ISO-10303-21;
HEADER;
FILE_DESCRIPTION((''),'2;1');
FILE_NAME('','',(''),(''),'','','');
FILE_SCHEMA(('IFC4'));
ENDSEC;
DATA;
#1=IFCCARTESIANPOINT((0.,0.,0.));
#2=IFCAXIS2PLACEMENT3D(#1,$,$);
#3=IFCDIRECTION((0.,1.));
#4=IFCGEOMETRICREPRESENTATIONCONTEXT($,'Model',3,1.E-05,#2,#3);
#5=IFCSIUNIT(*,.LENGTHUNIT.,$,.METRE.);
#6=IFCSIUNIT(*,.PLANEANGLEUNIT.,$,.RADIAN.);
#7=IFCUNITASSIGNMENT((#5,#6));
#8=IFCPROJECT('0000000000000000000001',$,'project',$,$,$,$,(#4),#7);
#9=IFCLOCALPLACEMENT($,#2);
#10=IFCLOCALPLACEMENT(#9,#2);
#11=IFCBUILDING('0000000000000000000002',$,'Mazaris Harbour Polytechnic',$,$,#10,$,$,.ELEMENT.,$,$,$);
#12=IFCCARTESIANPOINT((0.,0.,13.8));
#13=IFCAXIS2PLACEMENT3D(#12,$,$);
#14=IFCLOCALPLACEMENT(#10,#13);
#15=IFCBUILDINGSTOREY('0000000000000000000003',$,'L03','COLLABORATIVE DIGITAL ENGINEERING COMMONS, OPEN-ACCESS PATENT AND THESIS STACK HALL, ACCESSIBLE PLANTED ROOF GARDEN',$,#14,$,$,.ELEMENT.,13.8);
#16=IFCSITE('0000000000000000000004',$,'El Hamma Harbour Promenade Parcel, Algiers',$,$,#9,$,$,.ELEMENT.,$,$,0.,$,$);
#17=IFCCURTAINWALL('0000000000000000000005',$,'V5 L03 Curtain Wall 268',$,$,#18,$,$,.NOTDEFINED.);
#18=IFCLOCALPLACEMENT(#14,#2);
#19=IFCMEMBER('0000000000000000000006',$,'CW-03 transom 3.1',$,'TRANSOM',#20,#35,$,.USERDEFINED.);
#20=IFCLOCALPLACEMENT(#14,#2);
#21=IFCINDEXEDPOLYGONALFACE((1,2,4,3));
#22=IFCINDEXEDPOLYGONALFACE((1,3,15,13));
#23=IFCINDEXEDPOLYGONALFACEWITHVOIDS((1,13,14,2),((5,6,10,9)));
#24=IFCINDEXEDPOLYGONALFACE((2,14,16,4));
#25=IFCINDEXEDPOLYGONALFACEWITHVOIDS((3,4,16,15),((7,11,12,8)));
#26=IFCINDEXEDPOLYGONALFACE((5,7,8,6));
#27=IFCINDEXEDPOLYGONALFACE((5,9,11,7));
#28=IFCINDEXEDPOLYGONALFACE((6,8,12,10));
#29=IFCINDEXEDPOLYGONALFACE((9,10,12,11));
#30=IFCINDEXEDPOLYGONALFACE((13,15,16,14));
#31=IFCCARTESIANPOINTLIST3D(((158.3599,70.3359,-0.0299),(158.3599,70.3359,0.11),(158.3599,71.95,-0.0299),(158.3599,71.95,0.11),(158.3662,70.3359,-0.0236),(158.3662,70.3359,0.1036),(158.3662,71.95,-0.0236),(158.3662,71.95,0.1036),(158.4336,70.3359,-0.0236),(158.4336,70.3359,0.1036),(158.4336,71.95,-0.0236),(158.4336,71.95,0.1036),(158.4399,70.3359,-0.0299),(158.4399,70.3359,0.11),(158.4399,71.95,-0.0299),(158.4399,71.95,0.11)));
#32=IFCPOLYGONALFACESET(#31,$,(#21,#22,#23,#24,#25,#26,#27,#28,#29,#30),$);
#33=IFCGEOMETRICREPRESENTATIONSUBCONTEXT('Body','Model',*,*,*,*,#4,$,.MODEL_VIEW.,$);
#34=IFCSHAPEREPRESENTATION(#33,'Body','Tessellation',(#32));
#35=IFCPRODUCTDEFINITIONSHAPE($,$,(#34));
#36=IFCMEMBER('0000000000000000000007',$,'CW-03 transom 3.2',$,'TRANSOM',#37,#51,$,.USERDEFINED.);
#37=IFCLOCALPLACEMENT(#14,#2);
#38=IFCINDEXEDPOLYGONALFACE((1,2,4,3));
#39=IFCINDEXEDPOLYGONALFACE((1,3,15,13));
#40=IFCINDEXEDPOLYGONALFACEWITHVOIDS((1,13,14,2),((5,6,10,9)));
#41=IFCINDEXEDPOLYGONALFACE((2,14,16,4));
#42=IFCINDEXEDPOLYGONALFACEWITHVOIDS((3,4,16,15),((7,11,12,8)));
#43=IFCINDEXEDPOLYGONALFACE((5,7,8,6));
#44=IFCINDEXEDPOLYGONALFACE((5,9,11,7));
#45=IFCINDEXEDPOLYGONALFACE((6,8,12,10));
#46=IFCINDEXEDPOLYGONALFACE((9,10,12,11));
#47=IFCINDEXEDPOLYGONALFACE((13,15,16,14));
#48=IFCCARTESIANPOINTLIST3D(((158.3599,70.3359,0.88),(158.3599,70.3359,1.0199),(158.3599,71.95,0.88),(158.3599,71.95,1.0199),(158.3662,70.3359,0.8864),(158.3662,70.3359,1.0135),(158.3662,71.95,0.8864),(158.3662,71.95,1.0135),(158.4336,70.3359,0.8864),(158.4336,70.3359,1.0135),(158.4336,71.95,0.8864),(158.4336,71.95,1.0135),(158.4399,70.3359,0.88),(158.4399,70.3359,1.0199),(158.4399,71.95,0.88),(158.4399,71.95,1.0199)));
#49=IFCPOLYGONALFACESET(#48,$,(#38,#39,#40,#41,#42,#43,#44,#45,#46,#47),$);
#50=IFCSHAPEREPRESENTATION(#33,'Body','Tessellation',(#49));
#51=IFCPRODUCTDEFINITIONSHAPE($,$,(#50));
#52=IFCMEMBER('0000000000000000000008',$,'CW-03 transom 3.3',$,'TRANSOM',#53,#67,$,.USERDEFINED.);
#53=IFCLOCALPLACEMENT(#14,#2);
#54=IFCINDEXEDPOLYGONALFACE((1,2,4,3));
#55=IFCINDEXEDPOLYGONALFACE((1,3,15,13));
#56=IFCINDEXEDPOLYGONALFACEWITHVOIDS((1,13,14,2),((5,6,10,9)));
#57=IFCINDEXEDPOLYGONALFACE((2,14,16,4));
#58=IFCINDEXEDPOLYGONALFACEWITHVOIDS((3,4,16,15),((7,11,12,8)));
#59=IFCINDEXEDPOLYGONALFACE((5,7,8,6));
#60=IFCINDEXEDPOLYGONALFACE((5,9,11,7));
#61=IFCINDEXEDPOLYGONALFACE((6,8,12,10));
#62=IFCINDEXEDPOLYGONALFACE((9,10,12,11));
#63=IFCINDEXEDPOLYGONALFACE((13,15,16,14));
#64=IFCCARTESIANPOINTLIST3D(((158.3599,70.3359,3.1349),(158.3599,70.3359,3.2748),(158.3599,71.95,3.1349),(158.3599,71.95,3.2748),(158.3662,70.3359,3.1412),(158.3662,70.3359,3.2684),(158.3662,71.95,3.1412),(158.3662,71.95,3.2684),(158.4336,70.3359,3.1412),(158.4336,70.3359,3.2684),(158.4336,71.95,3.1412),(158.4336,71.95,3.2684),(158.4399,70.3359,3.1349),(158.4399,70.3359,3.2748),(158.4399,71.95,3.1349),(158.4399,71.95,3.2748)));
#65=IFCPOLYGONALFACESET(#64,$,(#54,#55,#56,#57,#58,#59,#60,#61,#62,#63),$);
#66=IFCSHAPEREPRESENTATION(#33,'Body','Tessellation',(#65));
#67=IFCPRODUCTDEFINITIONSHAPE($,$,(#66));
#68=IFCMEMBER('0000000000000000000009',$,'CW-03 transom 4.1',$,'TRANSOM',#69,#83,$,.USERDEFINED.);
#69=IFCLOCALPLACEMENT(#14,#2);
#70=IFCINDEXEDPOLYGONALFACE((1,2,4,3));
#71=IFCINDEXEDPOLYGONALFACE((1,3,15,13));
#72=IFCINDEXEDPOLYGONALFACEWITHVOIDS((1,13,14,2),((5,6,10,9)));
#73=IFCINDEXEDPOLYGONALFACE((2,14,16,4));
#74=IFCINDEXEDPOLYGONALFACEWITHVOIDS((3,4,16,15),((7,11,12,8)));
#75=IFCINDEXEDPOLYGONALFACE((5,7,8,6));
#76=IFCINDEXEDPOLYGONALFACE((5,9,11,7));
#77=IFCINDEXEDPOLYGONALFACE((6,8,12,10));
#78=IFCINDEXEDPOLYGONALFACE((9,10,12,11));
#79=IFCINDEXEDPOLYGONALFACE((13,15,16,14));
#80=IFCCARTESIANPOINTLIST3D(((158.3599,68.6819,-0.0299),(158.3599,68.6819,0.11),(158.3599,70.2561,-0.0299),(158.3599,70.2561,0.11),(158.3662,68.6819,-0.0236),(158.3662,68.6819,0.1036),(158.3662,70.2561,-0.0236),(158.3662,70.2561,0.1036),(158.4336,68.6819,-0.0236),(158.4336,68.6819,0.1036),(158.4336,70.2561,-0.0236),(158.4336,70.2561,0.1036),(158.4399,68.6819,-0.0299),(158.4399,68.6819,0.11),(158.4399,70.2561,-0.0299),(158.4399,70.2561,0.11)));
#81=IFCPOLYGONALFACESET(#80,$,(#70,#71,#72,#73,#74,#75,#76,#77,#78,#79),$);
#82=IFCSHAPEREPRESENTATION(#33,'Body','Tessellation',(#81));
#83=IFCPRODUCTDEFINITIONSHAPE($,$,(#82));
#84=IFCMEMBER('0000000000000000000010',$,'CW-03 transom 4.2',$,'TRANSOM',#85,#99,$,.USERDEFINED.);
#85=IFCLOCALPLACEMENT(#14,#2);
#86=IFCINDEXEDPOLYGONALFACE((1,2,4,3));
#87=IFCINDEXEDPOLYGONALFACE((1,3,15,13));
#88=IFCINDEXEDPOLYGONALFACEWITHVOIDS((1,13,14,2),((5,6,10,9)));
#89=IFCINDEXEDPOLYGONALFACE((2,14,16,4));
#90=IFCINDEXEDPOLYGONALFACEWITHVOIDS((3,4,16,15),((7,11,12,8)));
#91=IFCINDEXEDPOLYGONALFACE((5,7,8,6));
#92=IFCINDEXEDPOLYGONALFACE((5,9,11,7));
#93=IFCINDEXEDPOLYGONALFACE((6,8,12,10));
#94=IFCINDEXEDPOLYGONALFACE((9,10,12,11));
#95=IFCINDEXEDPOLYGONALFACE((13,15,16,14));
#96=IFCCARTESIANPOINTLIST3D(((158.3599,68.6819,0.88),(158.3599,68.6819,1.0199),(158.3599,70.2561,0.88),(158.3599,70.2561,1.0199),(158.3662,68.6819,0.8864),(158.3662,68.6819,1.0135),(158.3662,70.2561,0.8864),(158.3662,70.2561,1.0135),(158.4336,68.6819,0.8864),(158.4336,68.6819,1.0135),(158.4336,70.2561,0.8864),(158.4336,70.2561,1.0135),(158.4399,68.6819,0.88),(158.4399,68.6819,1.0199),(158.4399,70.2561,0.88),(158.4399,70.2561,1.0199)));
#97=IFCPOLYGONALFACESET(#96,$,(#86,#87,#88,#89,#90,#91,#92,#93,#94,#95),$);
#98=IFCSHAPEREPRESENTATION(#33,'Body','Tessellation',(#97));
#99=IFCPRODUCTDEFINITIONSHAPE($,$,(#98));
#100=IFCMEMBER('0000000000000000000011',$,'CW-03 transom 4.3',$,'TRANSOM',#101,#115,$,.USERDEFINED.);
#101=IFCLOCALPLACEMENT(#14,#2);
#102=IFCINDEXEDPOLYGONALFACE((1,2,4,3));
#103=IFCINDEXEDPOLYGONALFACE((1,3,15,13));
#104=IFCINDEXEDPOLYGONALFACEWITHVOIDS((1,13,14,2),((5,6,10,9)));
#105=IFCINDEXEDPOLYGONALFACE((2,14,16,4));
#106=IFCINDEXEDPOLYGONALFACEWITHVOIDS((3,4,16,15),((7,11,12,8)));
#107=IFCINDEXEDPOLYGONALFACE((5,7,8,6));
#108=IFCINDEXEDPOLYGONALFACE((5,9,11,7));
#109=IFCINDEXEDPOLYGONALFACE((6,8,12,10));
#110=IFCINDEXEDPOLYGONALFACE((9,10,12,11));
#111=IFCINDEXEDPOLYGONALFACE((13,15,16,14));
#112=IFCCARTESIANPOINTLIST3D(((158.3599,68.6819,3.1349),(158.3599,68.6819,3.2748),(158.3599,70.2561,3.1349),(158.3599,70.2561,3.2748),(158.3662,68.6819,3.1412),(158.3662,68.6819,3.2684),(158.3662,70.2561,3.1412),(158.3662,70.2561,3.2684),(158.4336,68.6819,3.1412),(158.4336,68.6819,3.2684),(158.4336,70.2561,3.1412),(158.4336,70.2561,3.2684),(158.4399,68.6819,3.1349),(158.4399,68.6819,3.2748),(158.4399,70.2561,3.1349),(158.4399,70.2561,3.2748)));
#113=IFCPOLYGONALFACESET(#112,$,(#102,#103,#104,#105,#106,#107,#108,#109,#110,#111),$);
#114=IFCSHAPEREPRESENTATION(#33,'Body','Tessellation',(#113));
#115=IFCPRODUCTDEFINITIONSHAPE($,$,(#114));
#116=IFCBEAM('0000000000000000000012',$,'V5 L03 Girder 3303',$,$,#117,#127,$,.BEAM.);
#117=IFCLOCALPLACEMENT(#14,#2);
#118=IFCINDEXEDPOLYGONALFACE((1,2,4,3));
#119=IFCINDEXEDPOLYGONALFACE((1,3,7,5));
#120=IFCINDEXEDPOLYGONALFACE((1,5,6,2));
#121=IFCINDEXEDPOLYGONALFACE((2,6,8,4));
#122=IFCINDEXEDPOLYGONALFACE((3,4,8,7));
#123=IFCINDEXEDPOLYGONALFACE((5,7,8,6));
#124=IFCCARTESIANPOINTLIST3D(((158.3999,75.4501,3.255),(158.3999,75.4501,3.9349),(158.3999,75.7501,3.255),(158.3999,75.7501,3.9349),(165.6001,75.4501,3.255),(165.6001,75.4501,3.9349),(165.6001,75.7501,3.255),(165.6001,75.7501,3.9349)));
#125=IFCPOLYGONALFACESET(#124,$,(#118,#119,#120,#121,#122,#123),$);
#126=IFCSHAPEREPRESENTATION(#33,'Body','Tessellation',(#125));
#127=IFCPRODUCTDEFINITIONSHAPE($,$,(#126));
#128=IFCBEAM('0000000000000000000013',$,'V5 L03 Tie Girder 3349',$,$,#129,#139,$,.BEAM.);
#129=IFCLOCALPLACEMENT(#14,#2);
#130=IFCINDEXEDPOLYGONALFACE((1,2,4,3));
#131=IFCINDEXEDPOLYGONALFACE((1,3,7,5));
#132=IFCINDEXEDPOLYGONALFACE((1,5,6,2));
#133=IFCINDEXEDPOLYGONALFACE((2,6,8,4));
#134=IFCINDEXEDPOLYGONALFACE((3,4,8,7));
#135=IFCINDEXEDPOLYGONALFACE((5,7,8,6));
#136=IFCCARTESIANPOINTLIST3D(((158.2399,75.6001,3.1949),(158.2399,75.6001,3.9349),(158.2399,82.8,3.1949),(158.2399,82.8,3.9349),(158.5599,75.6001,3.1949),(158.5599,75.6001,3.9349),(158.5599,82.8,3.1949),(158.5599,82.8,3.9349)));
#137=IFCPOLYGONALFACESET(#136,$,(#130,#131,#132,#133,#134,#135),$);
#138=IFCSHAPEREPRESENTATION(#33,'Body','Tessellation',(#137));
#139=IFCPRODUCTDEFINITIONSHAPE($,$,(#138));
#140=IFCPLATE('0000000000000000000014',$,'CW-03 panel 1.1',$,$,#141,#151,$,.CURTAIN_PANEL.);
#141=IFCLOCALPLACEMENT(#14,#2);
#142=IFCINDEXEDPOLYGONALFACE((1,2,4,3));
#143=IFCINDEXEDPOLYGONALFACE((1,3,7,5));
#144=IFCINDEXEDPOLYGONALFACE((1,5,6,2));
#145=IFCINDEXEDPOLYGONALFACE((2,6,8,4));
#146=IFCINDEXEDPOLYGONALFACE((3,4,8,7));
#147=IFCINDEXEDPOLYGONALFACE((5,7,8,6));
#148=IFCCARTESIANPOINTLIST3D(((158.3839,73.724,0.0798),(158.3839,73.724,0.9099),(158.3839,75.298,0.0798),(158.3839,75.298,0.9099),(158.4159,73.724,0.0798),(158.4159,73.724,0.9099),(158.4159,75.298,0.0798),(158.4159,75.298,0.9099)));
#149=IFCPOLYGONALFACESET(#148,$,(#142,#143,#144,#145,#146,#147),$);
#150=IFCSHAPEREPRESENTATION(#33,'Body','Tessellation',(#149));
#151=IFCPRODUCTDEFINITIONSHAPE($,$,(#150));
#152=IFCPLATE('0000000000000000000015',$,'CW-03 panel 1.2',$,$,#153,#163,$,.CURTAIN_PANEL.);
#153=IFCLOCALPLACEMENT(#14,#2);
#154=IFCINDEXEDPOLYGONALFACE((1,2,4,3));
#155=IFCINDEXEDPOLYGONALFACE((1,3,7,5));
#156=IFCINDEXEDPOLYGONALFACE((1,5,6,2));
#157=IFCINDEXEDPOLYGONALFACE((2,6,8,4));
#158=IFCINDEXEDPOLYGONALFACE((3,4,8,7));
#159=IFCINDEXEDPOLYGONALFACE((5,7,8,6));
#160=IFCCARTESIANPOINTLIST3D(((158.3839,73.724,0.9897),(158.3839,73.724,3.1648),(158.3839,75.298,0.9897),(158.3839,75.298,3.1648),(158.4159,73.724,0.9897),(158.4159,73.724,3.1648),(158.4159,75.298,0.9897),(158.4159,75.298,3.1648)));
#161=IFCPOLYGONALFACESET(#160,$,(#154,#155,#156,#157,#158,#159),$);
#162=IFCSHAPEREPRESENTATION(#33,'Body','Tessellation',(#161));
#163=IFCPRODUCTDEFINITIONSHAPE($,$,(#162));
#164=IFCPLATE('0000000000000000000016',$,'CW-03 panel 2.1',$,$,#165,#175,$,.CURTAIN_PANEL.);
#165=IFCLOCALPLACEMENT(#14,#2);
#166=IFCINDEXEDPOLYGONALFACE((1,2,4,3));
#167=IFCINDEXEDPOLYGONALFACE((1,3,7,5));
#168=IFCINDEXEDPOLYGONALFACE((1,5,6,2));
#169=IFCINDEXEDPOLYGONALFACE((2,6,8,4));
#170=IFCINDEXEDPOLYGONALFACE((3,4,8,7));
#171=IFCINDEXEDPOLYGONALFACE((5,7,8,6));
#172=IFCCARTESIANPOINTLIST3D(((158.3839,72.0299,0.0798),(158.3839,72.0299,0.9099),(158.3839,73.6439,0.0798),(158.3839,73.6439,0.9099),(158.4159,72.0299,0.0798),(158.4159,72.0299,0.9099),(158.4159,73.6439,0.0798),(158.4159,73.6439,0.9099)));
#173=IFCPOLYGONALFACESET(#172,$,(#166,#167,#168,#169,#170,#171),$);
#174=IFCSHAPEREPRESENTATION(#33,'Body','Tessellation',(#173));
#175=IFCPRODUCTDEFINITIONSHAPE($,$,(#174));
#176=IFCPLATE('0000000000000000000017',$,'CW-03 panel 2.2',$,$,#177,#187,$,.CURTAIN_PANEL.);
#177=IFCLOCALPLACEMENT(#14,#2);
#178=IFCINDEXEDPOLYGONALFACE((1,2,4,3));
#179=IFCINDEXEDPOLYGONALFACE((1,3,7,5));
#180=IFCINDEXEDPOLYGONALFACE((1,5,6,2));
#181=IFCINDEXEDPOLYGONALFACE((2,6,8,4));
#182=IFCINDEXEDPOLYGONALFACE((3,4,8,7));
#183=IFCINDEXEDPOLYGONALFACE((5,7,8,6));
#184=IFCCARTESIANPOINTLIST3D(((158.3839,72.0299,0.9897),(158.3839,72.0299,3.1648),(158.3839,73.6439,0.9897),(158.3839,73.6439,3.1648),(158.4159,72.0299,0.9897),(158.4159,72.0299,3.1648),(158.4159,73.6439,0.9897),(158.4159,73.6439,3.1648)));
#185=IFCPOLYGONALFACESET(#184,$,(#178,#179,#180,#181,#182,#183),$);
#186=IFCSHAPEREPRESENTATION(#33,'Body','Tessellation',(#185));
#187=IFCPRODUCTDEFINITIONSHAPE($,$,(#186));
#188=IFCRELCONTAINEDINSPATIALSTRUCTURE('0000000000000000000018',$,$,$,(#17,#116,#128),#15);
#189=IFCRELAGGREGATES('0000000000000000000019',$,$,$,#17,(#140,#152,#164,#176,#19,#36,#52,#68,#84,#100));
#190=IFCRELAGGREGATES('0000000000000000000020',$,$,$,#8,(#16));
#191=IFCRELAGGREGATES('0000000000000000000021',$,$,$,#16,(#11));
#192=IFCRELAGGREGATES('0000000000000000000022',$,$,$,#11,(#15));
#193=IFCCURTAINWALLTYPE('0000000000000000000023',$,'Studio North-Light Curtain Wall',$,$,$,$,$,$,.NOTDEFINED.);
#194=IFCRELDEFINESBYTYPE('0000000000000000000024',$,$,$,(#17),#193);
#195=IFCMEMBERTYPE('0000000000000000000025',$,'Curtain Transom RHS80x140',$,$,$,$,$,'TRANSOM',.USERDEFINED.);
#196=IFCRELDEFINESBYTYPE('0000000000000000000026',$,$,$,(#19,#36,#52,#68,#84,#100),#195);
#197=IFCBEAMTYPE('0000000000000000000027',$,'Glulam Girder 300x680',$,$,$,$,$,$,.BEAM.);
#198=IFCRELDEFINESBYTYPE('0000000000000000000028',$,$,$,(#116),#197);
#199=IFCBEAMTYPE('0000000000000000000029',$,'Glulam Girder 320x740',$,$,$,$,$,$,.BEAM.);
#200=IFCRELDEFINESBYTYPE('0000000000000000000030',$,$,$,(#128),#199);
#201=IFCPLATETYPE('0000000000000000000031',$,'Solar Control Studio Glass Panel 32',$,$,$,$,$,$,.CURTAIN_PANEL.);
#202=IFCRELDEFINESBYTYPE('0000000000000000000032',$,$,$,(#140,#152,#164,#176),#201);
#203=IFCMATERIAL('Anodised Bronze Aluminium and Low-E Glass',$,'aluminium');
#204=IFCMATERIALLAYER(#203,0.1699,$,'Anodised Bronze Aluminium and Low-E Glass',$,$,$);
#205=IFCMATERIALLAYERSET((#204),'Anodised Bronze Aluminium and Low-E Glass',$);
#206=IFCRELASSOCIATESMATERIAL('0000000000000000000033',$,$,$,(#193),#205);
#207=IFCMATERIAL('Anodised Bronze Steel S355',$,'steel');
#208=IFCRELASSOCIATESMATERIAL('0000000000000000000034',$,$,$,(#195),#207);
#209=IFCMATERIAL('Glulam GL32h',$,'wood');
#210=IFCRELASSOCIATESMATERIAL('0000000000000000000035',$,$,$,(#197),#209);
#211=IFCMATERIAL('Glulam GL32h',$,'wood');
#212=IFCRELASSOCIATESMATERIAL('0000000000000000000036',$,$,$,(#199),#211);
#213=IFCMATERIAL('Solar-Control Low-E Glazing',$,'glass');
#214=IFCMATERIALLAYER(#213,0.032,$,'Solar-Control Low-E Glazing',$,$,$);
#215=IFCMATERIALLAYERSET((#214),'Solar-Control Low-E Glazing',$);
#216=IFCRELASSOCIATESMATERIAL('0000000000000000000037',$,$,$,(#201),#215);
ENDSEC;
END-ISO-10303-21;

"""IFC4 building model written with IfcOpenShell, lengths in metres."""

from ifc_helpers import new_model, si_unit, direction, frame, origin, origin_2d, place, context, subcontext, project, spatial, rectangle, hollow_rectangle, extrude, material, layer, layer_set, material_profile, profile_set, type_object, element, aggregate, save


model = new_model("IFC4")

# Units and contexts
model_context = context("Model", 3, precision=1e-05, world=origin(), true_north=direction((0.0, 1.0)))
body_context = subcontext(model_context, "Body", "Model", "MODEL_VIEW")
ifc_project = project(units=[si_unit("LENGTHUNIT", "METRE"), si_unit("PLANEANGLEUNIT", "RADIAN")], contexts=[model_context])

# Site, building, storey
site_placement = place(None, origin())
site = spatial("IfcSite", under=ifc_project, at=site_placement, Name="El Hamma Harbour Promenade Parcel, Algiers", CompositionType="ELEMENT", RefElevation=0.0)
building_placement = place(site_placement, origin())
building = spatial("IfcBuilding", under=site, at=building_placement, Name="Mazaris Harbour Polytechnic", CompositionType="ELEMENT")
storey_placement = place(building_placement, frame((0.0, 0.0, 13.8)))
storey = spatial("IfcBuildingStorey", under=building, at=storey_placement, Name="L03", Description="COLLABORATIVE DIGITAL ENGINEERING COMMONS, OPEN-ACCESS PATENT AND THESIS STACK HALL, ACCESSIBLE PLANTED ROOF GARDEN", CompositionType="ELEMENT", Elevation=13.8)

# Curtain wall, members
ifc_material_1 = material(Name="Anodised Bronze Aluminium and Low-E Glass", Category="aluminium")
ifc_layer_1 = layer(ifc_material_1, 0.1699, Name="Anodised Bronze Aluminium and Low-E Glass")
ifc_layer_set_1 = layer_set([ifc_layer_1], Name="Anodised Bronze Aluminium and Low-E Glass")
curtain_wall_type = type_object("IfcCurtainWallType", Name="Studio North-Light Curtain Wall", PredefinedType="NOTDEFINED", material=ifc_layer_set_1)
curtain_wall_placement = place(storey_placement, origin())
curtain_wall = element("IfcCurtainWall", 1, at=curtain_wall_placement, inside=storey, type_object=curtain_wall_type, Name="V5 L03 Curtain Wall 268", PredefinedType="NOTDEFINED")
ifc_material_2 = material(Name="Anodised Bronze Steel S355", Category="steel")
ifc_material_profile_1 = material_profile(ifc_material_2, hollow_rectangle(XDim=0.0801, YDim=0.1399, WallThickness=0.0063, at=origin_2d()), Name="RHS 80x140x6.3")
ifc_profile_set_1 = profile_set([ifc_material_profile_1], Name="Anodised Bronze Steel S355")
member_type_1 = type_object("IfcMemberType", Name="Curtain Transom RHS80x140", ElementType="TRANSOM", PredefinedType="USERDEFINED", material=ifc_profile_set_1)
member_1_placement = place(storey_placement, frame((158.3999, 71.95, 0.04), z_axis=(0.0, -1.0, 0.0), x_axis=(1.0, 0.0, 0.0)))
member_1 = element("IfcMember", 2, at=member_1_placement, type_object=member_type_1, Name="CW-03 transom 3.1", ObjectType="TRANSOM", PredefinedType="USERDEFINED", context=body_context, shape_type="SweptSolid", body=[
    extrude(hollow_rectangle(XDim=0.0801, YDim=0.1399, WallThickness=0.0063, at=origin_2d()), origin(), (0.0, 0.0, 1.0), 1.614),
])
member_2_placement = place(storey_placement, frame((158.3999, 71.95, 0.95), z_axis=(0.0, -1.0, 0.0), x_axis=(1.0, 0.0, 0.0)))
member_2 = element("IfcMember", 3, at=member_2_placement, type_object=member_type_1, Name="CW-03 transom 3.2", ObjectType="TRANSOM", PredefinedType="USERDEFINED", context=body_context, shape_type="SweptSolid", body=[
    extrude(hollow_rectangle(XDim=0.0801, YDim=0.1399, WallThickness=0.0063, at=origin_2d()), origin(), (0.0, 0.0, 1.0), 1.614),
])
member_3_placement = place(storey_placement, frame((158.3999, 71.95, 3.2048), z_axis=(0.0, -1.0, 0.0), x_axis=(1.0, 0.0, 0.0)))
member_3 = element("IfcMember", 4, at=member_3_placement, type_object=member_type_1, Name="CW-03 transom 3.3", ObjectType="TRANSOM", PredefinedType="USERDEFINED", context=body_context, shape_type="SweptSolid", body=[
    extrude(hollow_rectangle(XDim=0.0801, YDim=0.1399, WallThickness=0.0063, at=origin_2d()), origin(), (0.0, 0.0, 1.0), 1.614),
])
member_4_placement = place(storey_placement, frame((158.3999, 70.2561, 0.04), z_axis=(0.0, -1.0, 0.0), x_axis=(1.0, 0.0, 0.0)))
member_4 = element("IfcMember", 5, at=member_4_placement, type_object=member_type_1, Name="CW-03 transom 4.1", ObjectType="TRANSOM", PredefinedType="USERDEFINED", context=body_context, shape_type="SweptSolid", body=[
    extrude(hollow_rectangle(XDim=0.0801, YDim=0.1399, WallThickness=0.0063, at=origin_2d()), origin(), (0.0, 0.0, 1.0), 1.5742),
])
member_5_placement = place(storey_placement, frame((158.3999, 70.2561, 0.95), z_axis=(0.0, -1.0, 0.0), x_axis=(1.0, 0.0, 0.0)))
member_5 = element("IfcMember", 6, at=member_5_placement, type_object=member_type_1, Name="CW-03 transom 4.2", ObjectType="TRANSOM", PredefinedType="USERDEFINED", context=body_context, shape_type="SweptSolid", body=[
    extrude(hollow_rectangle(XDim=0.0801, YDim=0.1399, WallThickness=0.0063, at=origin_2d()), origin(), (0.0, 0.0, 1.0), 1.5742),
])
member_6_placement = place(storey_placement, frame((158.3999, 70.2561, 3.2048), z_axis=(0.0, -1.0, 0.0), x_axis=(1.0, 0.0, 0.0)))
member_6 = element("IfcMember", 7, at=member_6_placement, type_object=member_type_1, Name="CW-03 transom 4.3", ObjectType="TRANSOM", PredefinedType="USERDEFINED", context=body_context, shape_type="SweptSolid", body=[
    extrude(hollow_rectangle(XDim=0.0801, YDim=0.1399, WallThickness=0.0063, at=origin_2d()), origin(), (0.0, 0.0, 1.0), 1.5742),
])

# Beams
ifc_material_3 = material(Name="Glulam GL32h", Category="wood")
ifc_material_profile_2 = material_profile(ifc_material_3, rectangle(XDim=0.3, YDim=0.6799, at=origin_2d()), Name="RECT300x680")
ifc_profile_set_2 = profile_set([ifc_material_profile_2], Name="Glulam GL32h")
beam_type_1 = type_object("IfcBeamType", Name="Glulam Girder 300x680", PredefinedType="BEAM", material=ifc_profile_set_2)
beam_1_placement = place(storey_placement, frame((158.3999, 75.6001, 3.595), z_axis=(1.0, 0.0, 0.0), x_axis=(0.0, 1.0, 0.0)))
element("IfcBeam", 8, at=beam_1_placement, inside=storey, type_object=beam_type_1, Name="V5 L03 Girder 3303", PredefinedType="BEAM", context=body_context, shape_type="SweptSolid", body=[
    extrude(rectangle(XDim=0.3, YDim=0.6799, at=origin_2d()), origin(), (0.0, 0.0, 1.0), 7.2002),
])
ifc_material_4 = material(Name="Glulam GL32h", Category="wood")
ifc_material_profile_3 = material_profile(ifc_material_4, rectangle(XDim=0.3201, YDim=0.74, at=origin_2d()), Name="RECT320x740")
ifc_profile_set_3 = profile_set([ifc_material_profile_3], Name="Glulam GL32h")
beam_type_2 = type_object("IfcBeamType", Name="Glulam Girder 320x740", PredefinedType="BEAM", material=ifc_profile_set_3)
beam_2_placement = place(storey_placement, frame((158.3999, 75.6001, 3.5649), z_axis=(0.0, 1.0, 0.0), x_axis=(-1.0, 0.0, 0.0)))
element("IfcBeam", 9, at=beam_2_placement, inside=storey, type_object=beam_type_2, Name="V5 L03 Tie Girder 3349", PredefinedType="BEAM", context=body_context, shape_type="SweptSolid", body=[
    extrude(rectangle(XDim=0.3201, YDim=0.74, at=origin_2d()), origin(), (0.0, 0.0, 1.0), 7.2),
])

# Plates
ifc_material_5 = material(Name="Solar-Control Low-E Glazing", Category="glass")
ifc_layer_2 = layer(ifc_material_5, 0.032, Name="Solar-Control Low-E Glazing")
ifc_layer_set_2 = layer_set([ifc_layer_2], Name="Solar-Control Low-E Glazing")
plate_type = type_object("IfcPlateType", Name="Solar Control Studio Glass Panel 32", PredefinedType="CURTAIN_PANEL", material=ifc_layer_set_2)
plate_1_placement = place(storey_placement, frame((158.3999, 74.511, 0.0798), z_axis=(0.0, 0.0, 1.0), x_axis=(0.0, -1.0, 0.0)))
plate_1 = element("IfcPlate", 10, at=plate_1_placement, type_object=plate_type, Name="CW-03 panel 1.1", PredefinedType="CURTAIN_PANEL", context=body_context, shape_type="SweptSolid", body=[
    extrude(rectangle(XDim=1.574, YDim=0.032, at=origin_2d()), origin(), (0.0, 0.0, 1.0), 0.8301),
])
plate_2_placement = place(storey_placement, frame((158.3999, 74.511, 0.9897), z_axis=(0.0, 0.0, 1.0), x_axis=(0.0, -1.0, 0.0)))
plate_2 = element("IfcPlate", 11, at=plate_2_placement, type_object=plate_type, Name="CW-03 panel 1.2", PredefinedType="CURTAIN_PANEL", context=body_context, shape_type="SweptSolid", body=[
    extrude(rectangle(XDim=1.574, YDim=0.032, at=origin_2d()), origin(), (0.0, 0.0, 1.0), 2.175),
])
plate_3_placement = place(storey_placement, frame((158.3999, 72.8369, 0.0798), z_axis=(0.0, 0.0, 1.0), x_axis=(0.0, -1.0, 0.0)))
plate_3 = element("IfcPlate", 12, at=plate_3_placement, type_object=plate_type, Name="CW-03 panel 2.1", PredefinedType="CURTAIN_PANEL", context=body_context, shape_type="SweptSolid", body=[
    extrude(rectangle(XDim=1.614, YDim=0.032, at=origin_2d()), origin(), (0.0, 0.0, 1.0), 0.8301),
])
plate_4_placement = place(storey_placement, frame((158.3999, 72.8369, 0.9897), z_axis=(0.0, 0.0, 1.0), x_axis=(0.0, -1.0, 0.0)))
plate_4 = element("IfcPlate", 13, at=plate_4_placement, type_object=plate_type, Name="CW-03 panel 2.2", PredefinedType="CURTAIN_PANEL", context=body_context, shape_type="SweptSolid", body=[
    extrude(rectangle(XDim=1.614, YDim=0.032, at=origin_2d()), origin(), (0.0, 0.0, 1.0), 2.175),
])
aggregate(curtain_wall, [plate_1, plate_2, plate_3, plate_4, member_1, member_2, member_3, member_4, member_5, member_6])

save(model, "model.ifc")
